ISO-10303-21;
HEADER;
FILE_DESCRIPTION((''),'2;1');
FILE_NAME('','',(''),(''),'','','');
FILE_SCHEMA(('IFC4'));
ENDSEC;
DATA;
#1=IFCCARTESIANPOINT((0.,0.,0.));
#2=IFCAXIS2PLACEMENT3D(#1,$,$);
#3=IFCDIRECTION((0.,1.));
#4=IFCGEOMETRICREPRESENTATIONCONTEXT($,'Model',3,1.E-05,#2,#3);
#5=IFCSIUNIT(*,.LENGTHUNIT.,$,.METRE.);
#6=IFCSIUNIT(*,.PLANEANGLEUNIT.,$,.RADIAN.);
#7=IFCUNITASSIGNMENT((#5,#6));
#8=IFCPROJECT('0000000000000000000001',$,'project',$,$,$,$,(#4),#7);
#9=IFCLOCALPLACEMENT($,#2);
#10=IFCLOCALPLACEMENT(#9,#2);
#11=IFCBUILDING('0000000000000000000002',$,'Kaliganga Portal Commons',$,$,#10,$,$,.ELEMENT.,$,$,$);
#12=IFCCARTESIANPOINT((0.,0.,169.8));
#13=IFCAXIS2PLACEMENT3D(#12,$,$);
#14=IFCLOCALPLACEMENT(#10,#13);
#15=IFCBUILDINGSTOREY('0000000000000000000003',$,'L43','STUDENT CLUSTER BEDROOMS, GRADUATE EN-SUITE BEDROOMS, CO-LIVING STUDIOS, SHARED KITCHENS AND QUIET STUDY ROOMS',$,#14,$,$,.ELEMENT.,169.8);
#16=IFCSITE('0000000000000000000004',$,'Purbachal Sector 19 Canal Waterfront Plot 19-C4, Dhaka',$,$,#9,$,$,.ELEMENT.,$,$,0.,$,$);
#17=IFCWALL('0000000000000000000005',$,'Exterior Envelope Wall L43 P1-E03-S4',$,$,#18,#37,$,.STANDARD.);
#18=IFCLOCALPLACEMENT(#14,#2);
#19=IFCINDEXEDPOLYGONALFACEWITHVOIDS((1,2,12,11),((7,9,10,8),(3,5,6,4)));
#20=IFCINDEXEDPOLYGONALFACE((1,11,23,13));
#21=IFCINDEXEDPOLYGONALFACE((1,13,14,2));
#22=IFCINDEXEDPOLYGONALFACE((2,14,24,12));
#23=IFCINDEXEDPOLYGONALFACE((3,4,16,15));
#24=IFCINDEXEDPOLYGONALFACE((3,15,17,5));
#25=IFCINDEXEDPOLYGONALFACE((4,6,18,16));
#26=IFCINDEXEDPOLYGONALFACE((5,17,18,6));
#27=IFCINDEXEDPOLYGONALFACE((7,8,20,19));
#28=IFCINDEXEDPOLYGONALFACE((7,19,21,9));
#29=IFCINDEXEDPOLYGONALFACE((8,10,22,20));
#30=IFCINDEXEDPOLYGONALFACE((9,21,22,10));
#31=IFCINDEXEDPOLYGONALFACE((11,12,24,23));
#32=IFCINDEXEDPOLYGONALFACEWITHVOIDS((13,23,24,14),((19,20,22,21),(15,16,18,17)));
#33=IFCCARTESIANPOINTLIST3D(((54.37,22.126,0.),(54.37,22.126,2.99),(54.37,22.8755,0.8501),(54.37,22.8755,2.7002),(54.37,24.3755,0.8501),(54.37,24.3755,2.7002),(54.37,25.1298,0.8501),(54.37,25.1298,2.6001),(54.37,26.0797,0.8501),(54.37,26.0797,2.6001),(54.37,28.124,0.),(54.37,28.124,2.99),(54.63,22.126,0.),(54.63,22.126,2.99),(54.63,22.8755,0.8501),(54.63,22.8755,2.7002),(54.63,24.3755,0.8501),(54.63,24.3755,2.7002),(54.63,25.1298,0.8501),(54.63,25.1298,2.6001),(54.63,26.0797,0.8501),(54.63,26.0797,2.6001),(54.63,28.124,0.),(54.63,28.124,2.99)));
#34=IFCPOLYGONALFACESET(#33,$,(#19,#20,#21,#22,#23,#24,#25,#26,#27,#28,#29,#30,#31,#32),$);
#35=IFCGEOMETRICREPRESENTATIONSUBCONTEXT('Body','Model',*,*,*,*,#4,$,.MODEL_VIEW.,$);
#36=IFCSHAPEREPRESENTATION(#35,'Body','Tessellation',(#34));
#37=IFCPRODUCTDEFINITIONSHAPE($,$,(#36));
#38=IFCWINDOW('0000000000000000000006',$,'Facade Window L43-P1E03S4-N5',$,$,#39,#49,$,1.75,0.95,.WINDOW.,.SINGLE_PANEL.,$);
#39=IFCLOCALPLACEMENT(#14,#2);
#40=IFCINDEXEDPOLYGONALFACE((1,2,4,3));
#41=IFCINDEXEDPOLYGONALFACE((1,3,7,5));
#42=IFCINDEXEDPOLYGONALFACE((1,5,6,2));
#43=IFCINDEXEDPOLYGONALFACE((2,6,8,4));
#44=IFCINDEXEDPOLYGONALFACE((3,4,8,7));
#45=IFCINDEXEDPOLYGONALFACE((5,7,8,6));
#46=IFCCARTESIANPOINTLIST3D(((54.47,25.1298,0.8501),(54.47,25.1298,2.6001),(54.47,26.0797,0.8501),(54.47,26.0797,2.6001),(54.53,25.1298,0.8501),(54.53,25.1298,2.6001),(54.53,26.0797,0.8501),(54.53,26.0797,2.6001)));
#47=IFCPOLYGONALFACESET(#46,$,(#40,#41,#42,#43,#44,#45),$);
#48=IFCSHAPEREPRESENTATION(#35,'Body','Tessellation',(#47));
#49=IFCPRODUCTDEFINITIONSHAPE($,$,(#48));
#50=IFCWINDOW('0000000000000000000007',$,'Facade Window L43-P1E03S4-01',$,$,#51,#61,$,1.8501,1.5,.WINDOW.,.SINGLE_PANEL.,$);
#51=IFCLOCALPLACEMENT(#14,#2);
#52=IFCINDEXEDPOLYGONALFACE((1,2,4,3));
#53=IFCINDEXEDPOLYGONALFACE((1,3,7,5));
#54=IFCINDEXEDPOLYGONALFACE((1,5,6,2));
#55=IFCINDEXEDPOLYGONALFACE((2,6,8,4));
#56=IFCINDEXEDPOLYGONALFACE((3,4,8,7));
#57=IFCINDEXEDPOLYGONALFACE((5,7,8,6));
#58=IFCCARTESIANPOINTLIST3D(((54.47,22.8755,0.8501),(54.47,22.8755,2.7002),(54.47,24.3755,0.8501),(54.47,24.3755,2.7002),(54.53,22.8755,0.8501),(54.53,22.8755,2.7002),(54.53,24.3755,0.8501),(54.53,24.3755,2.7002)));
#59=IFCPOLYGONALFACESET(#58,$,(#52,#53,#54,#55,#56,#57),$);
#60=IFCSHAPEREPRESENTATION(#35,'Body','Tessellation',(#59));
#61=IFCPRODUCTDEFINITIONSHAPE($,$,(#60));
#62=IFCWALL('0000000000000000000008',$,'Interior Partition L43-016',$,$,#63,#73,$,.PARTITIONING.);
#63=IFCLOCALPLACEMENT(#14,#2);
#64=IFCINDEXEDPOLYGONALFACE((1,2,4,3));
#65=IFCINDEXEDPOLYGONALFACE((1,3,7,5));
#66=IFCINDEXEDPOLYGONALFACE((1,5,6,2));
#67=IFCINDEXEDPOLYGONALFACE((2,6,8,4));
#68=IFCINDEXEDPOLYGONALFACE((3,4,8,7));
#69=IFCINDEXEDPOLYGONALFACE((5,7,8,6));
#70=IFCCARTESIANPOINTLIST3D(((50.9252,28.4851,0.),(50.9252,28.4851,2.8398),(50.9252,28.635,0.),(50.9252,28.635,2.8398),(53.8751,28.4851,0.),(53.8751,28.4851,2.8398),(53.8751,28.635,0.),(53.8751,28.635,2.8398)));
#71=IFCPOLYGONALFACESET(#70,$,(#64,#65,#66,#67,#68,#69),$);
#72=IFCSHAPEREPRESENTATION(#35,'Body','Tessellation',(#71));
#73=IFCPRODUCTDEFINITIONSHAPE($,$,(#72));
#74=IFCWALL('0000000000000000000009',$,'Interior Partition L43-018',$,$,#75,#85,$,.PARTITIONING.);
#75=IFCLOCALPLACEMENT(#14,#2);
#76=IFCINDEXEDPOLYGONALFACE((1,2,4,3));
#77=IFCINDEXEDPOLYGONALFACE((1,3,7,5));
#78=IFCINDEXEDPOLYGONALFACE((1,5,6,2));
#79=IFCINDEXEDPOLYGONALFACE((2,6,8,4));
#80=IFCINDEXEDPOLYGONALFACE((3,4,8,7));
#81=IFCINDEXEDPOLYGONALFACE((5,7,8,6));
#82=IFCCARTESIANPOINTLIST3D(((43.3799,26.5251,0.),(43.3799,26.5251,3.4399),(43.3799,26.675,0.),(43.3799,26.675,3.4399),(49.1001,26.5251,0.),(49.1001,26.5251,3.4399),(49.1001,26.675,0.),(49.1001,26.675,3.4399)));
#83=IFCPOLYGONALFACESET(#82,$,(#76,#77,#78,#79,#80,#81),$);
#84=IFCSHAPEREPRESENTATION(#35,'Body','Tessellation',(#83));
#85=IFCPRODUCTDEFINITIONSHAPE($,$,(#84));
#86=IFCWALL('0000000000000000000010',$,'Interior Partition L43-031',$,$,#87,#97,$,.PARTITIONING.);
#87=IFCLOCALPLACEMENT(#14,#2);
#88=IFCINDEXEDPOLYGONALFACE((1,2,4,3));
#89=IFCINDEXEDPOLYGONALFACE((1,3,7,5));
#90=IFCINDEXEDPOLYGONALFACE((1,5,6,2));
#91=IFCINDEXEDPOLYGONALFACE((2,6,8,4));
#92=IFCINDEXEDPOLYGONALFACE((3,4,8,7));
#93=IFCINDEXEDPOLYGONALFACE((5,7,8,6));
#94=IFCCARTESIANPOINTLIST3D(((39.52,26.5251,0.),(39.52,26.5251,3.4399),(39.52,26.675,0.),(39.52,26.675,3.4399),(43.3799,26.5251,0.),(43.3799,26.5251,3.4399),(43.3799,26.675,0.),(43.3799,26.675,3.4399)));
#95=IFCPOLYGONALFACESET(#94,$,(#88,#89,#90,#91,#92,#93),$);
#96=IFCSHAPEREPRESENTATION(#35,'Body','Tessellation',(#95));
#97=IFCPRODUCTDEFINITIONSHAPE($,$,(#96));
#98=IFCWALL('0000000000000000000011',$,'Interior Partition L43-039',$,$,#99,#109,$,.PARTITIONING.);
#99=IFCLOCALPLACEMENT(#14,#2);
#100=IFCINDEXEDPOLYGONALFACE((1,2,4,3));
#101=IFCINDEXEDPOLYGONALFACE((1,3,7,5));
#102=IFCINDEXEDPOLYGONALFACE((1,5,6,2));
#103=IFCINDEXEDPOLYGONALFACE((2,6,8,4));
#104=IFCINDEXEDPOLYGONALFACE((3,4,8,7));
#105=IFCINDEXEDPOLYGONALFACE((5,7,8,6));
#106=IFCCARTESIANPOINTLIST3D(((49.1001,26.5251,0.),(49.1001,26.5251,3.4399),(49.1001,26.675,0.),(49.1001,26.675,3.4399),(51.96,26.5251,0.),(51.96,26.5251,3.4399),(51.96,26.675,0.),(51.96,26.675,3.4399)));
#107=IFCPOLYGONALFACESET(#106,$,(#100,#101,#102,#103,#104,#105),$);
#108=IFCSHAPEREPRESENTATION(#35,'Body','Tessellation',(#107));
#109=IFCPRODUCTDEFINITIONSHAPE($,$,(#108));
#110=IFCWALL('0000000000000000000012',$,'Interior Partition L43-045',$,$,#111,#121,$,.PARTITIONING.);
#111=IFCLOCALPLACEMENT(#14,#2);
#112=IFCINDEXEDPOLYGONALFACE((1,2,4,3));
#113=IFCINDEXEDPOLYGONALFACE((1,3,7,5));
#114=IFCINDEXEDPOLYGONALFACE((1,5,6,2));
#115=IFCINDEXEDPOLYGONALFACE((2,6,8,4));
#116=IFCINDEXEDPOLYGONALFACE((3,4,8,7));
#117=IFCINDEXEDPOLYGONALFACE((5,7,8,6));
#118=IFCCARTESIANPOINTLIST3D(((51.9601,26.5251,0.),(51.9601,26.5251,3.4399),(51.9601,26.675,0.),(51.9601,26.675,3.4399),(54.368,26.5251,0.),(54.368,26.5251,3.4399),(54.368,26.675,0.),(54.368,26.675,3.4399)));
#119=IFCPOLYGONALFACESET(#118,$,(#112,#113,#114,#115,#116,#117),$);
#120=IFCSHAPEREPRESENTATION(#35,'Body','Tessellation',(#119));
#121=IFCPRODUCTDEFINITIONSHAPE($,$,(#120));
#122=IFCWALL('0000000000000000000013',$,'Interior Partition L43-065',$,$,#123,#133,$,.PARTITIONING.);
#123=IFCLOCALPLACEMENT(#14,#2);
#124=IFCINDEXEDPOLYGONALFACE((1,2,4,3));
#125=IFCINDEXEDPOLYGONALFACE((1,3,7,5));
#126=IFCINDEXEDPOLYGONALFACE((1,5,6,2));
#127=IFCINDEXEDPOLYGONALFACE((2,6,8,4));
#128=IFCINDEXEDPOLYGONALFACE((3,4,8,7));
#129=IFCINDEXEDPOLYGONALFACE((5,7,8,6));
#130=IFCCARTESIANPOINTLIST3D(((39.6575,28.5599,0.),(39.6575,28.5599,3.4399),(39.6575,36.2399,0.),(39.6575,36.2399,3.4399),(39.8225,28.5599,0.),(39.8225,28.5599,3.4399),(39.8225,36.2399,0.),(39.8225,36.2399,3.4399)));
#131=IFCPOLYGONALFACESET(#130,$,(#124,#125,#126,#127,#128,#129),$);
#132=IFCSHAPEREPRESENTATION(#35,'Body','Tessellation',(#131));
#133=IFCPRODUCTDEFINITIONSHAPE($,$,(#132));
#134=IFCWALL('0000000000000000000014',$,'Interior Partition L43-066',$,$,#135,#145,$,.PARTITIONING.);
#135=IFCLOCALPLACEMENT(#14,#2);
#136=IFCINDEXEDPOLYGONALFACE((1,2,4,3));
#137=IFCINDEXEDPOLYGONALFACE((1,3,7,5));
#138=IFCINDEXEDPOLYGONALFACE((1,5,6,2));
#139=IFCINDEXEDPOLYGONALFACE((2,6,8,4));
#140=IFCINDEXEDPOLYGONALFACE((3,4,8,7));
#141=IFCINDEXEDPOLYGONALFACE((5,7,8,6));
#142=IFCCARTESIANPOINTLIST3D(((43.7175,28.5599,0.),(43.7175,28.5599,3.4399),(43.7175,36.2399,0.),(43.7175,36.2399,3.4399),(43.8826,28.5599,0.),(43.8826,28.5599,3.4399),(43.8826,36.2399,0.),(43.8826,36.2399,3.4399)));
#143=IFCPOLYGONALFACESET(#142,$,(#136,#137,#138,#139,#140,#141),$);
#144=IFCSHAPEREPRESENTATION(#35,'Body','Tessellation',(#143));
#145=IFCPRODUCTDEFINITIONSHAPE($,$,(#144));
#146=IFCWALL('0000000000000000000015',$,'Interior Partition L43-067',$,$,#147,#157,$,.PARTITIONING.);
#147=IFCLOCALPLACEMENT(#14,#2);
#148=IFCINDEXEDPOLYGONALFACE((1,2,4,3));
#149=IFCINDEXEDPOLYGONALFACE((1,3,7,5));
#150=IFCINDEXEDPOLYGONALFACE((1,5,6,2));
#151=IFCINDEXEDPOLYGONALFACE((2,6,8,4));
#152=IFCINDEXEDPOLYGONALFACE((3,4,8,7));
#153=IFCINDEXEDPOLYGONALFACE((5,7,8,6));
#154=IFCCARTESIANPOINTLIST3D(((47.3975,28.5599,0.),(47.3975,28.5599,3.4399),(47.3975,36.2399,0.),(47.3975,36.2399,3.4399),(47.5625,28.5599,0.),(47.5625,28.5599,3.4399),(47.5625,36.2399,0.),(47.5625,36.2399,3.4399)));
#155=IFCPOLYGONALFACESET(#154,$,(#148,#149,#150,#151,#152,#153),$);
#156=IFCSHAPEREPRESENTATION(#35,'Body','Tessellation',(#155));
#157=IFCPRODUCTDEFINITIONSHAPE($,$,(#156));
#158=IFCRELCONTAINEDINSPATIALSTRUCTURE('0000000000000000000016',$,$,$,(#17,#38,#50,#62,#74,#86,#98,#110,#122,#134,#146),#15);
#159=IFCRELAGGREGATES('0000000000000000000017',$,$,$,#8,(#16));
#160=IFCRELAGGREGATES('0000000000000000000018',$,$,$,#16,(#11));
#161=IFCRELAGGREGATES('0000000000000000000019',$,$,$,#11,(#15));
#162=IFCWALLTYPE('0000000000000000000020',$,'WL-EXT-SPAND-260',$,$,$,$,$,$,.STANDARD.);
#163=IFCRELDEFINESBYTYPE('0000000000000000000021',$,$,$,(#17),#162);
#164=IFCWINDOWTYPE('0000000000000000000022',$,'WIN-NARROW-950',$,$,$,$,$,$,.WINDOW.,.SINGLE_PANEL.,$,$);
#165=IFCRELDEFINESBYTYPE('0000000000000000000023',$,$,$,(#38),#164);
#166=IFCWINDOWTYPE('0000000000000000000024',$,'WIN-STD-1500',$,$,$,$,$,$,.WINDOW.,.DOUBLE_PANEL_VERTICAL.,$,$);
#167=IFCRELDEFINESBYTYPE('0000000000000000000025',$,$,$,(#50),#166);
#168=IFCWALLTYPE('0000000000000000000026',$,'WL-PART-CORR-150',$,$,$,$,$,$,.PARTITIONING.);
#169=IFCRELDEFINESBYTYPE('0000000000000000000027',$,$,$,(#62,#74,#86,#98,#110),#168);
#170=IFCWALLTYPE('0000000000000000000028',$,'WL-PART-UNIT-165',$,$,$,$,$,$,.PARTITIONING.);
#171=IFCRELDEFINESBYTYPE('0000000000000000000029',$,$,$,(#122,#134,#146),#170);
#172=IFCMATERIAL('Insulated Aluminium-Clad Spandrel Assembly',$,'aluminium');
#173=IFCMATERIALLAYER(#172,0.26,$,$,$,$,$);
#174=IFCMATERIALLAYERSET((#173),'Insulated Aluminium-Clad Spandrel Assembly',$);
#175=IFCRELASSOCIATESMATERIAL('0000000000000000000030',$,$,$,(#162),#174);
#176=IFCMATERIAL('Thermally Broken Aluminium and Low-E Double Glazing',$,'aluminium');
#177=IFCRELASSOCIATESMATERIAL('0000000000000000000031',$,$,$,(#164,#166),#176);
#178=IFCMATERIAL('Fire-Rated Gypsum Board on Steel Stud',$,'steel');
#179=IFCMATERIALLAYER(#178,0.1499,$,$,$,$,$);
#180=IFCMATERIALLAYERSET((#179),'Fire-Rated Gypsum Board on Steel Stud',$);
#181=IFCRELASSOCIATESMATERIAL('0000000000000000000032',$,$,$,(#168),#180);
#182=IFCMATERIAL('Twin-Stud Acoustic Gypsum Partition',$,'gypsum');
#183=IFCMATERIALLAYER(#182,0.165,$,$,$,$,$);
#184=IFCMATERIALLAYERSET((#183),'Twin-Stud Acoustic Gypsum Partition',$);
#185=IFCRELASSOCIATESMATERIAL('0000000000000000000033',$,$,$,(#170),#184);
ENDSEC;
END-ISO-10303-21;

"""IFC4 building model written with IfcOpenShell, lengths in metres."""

from ifc_helpers import new_model, si_unit, direction, frame, frame_2d, origin, place, context, subcontext, project, spatial, rectangle, extrude, material, layer, layer_set, type_object, element, fill, save


model = new_model("IFC4")

# Units and contexts
model_context = context("Model", 3, precision=1e-05, world=origin(), true_north=direction((0.0, 1.0)))
body_context = subcontext(model_context, "Body", "Model", "MODEL_VIEW")
ifc_project = project(units=[si_unit("LENGTHUNIT", "METRE"), si_unit("PLANEANGLEUNIT", "RADIAN")], contexts=[model_context])

# Site, building, storey
site_placement = place(None, origin())
site = spatial("IfcSite", under=ifc_project, at=site_placement, Name="Purbachal Sector 19 Canal Waterfront Plot 19-C4, Dhaka", CompositionType="ELEMENT", RefElevation=0.0)
building_placement = place(site_placement, origin())
building = spatial("IfcBuilding", under=site, at=building_placement, Name="Kaliganga Portal Commons", CompositionType="ELEMENT")
storey_placement = place(building_placement, frame((0.0, 0.0, 169.8)))
storey = spatial("IfcBuildingStorey", under=building, at=storey_placement, Name="L43", Description="STUDENT CLUSTER BEDROOMS, GRADUATE EN-SUITE BEDROOMS, CO-LIVING STUDIOS, SHARED KITCHENS AND QUIET STUDY ROOMS", CompositionType="ELEMENT", Elevation=169.8)

# Wall, openings, windows
ifc_material_1 = material(Name="Insulated Aluminium-Clad Spandrel Assembly", Category="aluminium")
ifc_layer_1 = layer(ifc_material_1, 0.26)
ifc_layer_set_1 = layer_set([ifc_layer_1], Name="Insulated Aluminium-Clad Spandrel Assembly")
wall_type_1 = type_object("IfcWallType", Name="WL-EXT-SPAND-260", PredefinedType="STANDARD", material=ifc_layer_set_1)
wall_1_placement = place(storey_placement, frame((54.5, 28.124, 0.0), z_axis=(0.0, 0.0, 1.0), x_axis=(0.0, -1.0, 0.0)))
wall_1 = element("IfcWall", 1, at=wall_1_placement, inside=storey, type_object=wall_type_1, Name="Exterior Envelope Wall L43 P1-E03-S4", PredefinedType="STANDARD", context=body_context, shape_type="SweptSolid", body=[
    extrude(rectangle(XDim=5.998, YDim=0.26, at=frame_2d((2.999, 0.0))), origin(), (0.0, 0.0, 1.0), 2.99),
])
opening_1_placement = place(wall_1_placement, frame((3.7485, 0.0, 0.8501)))
opening_1 = element("IfcOpeningElement", 2, at=opening_1_placement, cuts=wall_1, PredefinedType="OPENING", context=body_context, shape_type="SweptSolid", body=[
    extrude(rectangle(XDim=1.5, YDim=1.8501, at=frame_2d((0.75, 0.925))), frame((0.0, 0.1401, 0.0), z_axis=(0.0, -1.0, 0.0), x_axis=(1.0, 0.0, 0.0)), (0.0, 0.0, 1.0), 0.28),
])
opening_2_placement = place(wall_1_placement, frame((2.0442, 0.0, 0.8501)))
opening_2 = element("IfcOpeningElement", 3, at=opening_2_placement, cuts=wall_1, PredefinedType="OPENING", context=body_context, shape_type="SweptSolid", body=[
    extrude(rectangle(XDim=0.95, YDim=1.75, at=frame_2d((0.4751, 0.875))), frame((0.0, 0.1401, 0.0), z_axis=(0.0, -1.0, 0.0), x_axis=(1.0, 0.0, 0.0)), (0.0, 0.0, 1.0), 0.28),
])
ifc_material_2 = material(Name="Thermally Broken Aluminium and Low-E Double Glazing", Category="aluminium")
window_type_1 = type_object("IfcWindowType", Name="WIN-NARROW-950", PartitioningType="SINGLE_PANEL", PredefinedType="WINDOW", material=ifc_material_2)
window_1_placement = place(opening_2_placement, origin())
window_1 = element("IfcWindow", 4, at=window_1_placement, inside=storey, type_object=window_type_1, Name="Facade Window L43-P1E03S4-N5", OverallHeight=1.75, OverallWidth=0.95, PartitioningType="SINGLE_PANEL", PredefinedType="WINDOW", context=body_context, shape_type="SweptSolid", body=[
    extrude(rectangle(XDim=0.95, YDim=1.75, at=frame_2d((0.4751, 0.875))), frame((0.0, 0.03, 0.0), z_axis=(0.0, -1.0, 0.0), x_axis=(1.0, 0.0, 0.0)), (0.0, 0.0, 1.0), 0.0601),
])
fill(opening_2, window_1)
window_type_2 = type_object("IfcWindowType", Name="WIN-STD-1500", PartitioningType="DOUBLE_PANEL_VERTICAL", PredefinedType="WINDOW", material=ifc_material_2)
window_2_placement = place(opening_1_placement, origin())
window_2 = element("IfcWindow", 5, at=window_2_placement, inside=storey, type_object=window_type_2, Name="Facade Window L43-P1E03S4-01", OverallHeight=1.8501, OverallWidth=1.5, PartitioningType="SINGLE_PANEL", PredefinedType="WINDOW", context=body_context, shape_type="SweptSolid", body=[
    extrude(rectangle(XDim=1.5, YDim=1.8501, at=frame_2d((0.75, 0.925))), frame((0.0, 0.03, 0.0), z_axis=(0.0, -1.0, 0.0), x_axis=(1.0, 0.0, 0.0)), (0.0, 0.0, 1.0), 0.0601),
])
fill(opening_1, window_2)

# Shared definitions
ifc_material_3 = material(Name="Fire-Rated Gypsum Board on Steel Stud", Category="steel")
ifc_layer_2 = layer(ifc_material_3, 0.1499)
ifc_layer_set_2 = layer_set([ifc_layer_2], Name="Fire-Rated Gypsum Board on Steel Stud")
wall_type_2 = type_object("IfcWallType", Name="WL-PART-CORR-150", PredefinedType="PARTITIONING", material=ifc_layer_set_2)

# Walls
wall_2_placement = place(storey_placement, frame((50.925, 28.5601, 0.0), z_axis=(0.0, 0.0, 1.0), x_axis=(1.0, 0.0, 0.0)))
element("IfcWall", 6, at=wall_2_placement, inside=storey, type_object=wall_type_2, Name="Interior Partition L43-016", PredefinedType="PARTITIONING", context=body_context, shape_type="SweptSolid", body=[
    extrude(rectangle(XDim=2.95, YDim=0.1499, at=frame_2d((1.4751, 0.0))), origin(), (0.0, 0.0, 1.0), 2.8398),
])
wall_3_placement = place(storey_placement, frame((43.3799, 26.6001, 0.0), z_axis=(0.0, 0.0, 1.0), x_axis=(1.0, 0.0, 0.0)))
element("IfcWall", 7, at=wall_3_placement, inside=storey, type_object=wall_type_2, Name="Interior Partition L43-018", PredefinedType="PARTITIONING", context=body_context, shape_type="SweptSolid", body=[
    extrude(rectangle(XDim=5.7202, YDim=0.1499, at=frame_2d((2.8601, 0.0))), origin(), (0.0, 0.0, 1.0), 3.4399),
])

# Wall
wall_4_placement = place(storey_placement, frame((39.52, 26.6001, 0.0), z_axis=(0.0, 0.0, 1.0), x_axis=(1.0, 0.0, 0.0)))
element("IfcWall", 8, at=wall_4_placement, inside=storey, type_object=wall_type_2, Name="Interior Partition L43-031", PredefinedType="PARTITIONING", context=body_context, shape_type="SweptSolid", body=[
    extrude(rectangle(XDim=3.8599, YDim=0.1499, at=frame_2d((1.9299, 0.0))), origin(), (0.0, 0.0, 1.0), 3.4399),
])

# Walls
wall_5_placement = place(storey_placement, frame((49.1001, 26.6001, 0.0), z_axis=(0.0, 0.0, 1.0), x_axis=(1.0, 0.0, 0.0)))
element("IfcWall", 9, at=wall_5_placement, inside=storey, type_object=wall_type_2, Name="Interior Partition L43-039", PredefinedType="PARTITIONING", context=body_context, shape_type="SweptSolid", body=[
    extrude(rectangle(XDim=2.8599, YDim=0.1499, at=frame_2d((1.4299, 0.0))), origin(), (0.0, 0.0, 1.0), 3.4399),
])
wall_6_placement = place(storey_placement, frame((51.96, 26.6001, 0.0), z_axis=(0.0, 0.0, 1.0), x_axis=(1.0, 0.0, 0.0)))
element("IfcWall", 10, at=wall_6_placement, inside=storey, type_object=wall_type_2, Name="Interior Partition L43-045", PredefinedType="PARTITIONING", context=body_context, shape_type="SweptSolid", body=[
    extrude(rectangle(XDim=2.408, YDim=0.1499, at=frame_2d((1.2041, 0.0))), origin(), (0.0, 0.0, 1.0), 3.4399),
])
ifc_material_4 = material(Name="Twin-Stud Acoustic Gypsum Partition", Category="gypsum")
ifc_layer_3 = layer(ifc_material_4, 0.165)
ifc_layer_set_3 = layer_set([ifc_layer_3], Name="Twin-Stud Acoustic Gypsum Partition")
wall_type_3 = type_object("IfcWallType", Name="WL-PART-UNIT-165", PredefinedType="PARTITIONING", material=ifc_layer_set_3)
for number, where, z_axis, x_axis, name in (
    (11, (39.74, 28.5601, 0.0), (0.0, 0.0, 1.0), (0.0, 1.0, 0.0), "Interior Partition L43-065"),
    (12, (43.8, 28.5601, 0.0), (0.0, 0.0, 1.0), (0.0, 1.0, 0.0), "Interior Partition L43-066"),
    (13, (47.48, 28.5601, 0.0), (0.0, 0.0, 1.0), (0.0, 1.0, 0.0), "Interior Partition L43-067"),
):
    element("IfcWall", number, at=place(storey_placement, frame(where, z_axis=z_axis, x_axis=x_axis)), inside=storey, type_object=wall_type_3, Name=name, PredefinedType="PARTITIONING", context=body_context, shape_type="SweptSolid", body=[
        extrude(rectangle(XDim=7.6799, YDim=0.165, at=frame_2d((3.8398, 0.0))), origin(), (0.0, 0.0, 1.0), 3.4399),
    ])

save(model, "model.ifc")
